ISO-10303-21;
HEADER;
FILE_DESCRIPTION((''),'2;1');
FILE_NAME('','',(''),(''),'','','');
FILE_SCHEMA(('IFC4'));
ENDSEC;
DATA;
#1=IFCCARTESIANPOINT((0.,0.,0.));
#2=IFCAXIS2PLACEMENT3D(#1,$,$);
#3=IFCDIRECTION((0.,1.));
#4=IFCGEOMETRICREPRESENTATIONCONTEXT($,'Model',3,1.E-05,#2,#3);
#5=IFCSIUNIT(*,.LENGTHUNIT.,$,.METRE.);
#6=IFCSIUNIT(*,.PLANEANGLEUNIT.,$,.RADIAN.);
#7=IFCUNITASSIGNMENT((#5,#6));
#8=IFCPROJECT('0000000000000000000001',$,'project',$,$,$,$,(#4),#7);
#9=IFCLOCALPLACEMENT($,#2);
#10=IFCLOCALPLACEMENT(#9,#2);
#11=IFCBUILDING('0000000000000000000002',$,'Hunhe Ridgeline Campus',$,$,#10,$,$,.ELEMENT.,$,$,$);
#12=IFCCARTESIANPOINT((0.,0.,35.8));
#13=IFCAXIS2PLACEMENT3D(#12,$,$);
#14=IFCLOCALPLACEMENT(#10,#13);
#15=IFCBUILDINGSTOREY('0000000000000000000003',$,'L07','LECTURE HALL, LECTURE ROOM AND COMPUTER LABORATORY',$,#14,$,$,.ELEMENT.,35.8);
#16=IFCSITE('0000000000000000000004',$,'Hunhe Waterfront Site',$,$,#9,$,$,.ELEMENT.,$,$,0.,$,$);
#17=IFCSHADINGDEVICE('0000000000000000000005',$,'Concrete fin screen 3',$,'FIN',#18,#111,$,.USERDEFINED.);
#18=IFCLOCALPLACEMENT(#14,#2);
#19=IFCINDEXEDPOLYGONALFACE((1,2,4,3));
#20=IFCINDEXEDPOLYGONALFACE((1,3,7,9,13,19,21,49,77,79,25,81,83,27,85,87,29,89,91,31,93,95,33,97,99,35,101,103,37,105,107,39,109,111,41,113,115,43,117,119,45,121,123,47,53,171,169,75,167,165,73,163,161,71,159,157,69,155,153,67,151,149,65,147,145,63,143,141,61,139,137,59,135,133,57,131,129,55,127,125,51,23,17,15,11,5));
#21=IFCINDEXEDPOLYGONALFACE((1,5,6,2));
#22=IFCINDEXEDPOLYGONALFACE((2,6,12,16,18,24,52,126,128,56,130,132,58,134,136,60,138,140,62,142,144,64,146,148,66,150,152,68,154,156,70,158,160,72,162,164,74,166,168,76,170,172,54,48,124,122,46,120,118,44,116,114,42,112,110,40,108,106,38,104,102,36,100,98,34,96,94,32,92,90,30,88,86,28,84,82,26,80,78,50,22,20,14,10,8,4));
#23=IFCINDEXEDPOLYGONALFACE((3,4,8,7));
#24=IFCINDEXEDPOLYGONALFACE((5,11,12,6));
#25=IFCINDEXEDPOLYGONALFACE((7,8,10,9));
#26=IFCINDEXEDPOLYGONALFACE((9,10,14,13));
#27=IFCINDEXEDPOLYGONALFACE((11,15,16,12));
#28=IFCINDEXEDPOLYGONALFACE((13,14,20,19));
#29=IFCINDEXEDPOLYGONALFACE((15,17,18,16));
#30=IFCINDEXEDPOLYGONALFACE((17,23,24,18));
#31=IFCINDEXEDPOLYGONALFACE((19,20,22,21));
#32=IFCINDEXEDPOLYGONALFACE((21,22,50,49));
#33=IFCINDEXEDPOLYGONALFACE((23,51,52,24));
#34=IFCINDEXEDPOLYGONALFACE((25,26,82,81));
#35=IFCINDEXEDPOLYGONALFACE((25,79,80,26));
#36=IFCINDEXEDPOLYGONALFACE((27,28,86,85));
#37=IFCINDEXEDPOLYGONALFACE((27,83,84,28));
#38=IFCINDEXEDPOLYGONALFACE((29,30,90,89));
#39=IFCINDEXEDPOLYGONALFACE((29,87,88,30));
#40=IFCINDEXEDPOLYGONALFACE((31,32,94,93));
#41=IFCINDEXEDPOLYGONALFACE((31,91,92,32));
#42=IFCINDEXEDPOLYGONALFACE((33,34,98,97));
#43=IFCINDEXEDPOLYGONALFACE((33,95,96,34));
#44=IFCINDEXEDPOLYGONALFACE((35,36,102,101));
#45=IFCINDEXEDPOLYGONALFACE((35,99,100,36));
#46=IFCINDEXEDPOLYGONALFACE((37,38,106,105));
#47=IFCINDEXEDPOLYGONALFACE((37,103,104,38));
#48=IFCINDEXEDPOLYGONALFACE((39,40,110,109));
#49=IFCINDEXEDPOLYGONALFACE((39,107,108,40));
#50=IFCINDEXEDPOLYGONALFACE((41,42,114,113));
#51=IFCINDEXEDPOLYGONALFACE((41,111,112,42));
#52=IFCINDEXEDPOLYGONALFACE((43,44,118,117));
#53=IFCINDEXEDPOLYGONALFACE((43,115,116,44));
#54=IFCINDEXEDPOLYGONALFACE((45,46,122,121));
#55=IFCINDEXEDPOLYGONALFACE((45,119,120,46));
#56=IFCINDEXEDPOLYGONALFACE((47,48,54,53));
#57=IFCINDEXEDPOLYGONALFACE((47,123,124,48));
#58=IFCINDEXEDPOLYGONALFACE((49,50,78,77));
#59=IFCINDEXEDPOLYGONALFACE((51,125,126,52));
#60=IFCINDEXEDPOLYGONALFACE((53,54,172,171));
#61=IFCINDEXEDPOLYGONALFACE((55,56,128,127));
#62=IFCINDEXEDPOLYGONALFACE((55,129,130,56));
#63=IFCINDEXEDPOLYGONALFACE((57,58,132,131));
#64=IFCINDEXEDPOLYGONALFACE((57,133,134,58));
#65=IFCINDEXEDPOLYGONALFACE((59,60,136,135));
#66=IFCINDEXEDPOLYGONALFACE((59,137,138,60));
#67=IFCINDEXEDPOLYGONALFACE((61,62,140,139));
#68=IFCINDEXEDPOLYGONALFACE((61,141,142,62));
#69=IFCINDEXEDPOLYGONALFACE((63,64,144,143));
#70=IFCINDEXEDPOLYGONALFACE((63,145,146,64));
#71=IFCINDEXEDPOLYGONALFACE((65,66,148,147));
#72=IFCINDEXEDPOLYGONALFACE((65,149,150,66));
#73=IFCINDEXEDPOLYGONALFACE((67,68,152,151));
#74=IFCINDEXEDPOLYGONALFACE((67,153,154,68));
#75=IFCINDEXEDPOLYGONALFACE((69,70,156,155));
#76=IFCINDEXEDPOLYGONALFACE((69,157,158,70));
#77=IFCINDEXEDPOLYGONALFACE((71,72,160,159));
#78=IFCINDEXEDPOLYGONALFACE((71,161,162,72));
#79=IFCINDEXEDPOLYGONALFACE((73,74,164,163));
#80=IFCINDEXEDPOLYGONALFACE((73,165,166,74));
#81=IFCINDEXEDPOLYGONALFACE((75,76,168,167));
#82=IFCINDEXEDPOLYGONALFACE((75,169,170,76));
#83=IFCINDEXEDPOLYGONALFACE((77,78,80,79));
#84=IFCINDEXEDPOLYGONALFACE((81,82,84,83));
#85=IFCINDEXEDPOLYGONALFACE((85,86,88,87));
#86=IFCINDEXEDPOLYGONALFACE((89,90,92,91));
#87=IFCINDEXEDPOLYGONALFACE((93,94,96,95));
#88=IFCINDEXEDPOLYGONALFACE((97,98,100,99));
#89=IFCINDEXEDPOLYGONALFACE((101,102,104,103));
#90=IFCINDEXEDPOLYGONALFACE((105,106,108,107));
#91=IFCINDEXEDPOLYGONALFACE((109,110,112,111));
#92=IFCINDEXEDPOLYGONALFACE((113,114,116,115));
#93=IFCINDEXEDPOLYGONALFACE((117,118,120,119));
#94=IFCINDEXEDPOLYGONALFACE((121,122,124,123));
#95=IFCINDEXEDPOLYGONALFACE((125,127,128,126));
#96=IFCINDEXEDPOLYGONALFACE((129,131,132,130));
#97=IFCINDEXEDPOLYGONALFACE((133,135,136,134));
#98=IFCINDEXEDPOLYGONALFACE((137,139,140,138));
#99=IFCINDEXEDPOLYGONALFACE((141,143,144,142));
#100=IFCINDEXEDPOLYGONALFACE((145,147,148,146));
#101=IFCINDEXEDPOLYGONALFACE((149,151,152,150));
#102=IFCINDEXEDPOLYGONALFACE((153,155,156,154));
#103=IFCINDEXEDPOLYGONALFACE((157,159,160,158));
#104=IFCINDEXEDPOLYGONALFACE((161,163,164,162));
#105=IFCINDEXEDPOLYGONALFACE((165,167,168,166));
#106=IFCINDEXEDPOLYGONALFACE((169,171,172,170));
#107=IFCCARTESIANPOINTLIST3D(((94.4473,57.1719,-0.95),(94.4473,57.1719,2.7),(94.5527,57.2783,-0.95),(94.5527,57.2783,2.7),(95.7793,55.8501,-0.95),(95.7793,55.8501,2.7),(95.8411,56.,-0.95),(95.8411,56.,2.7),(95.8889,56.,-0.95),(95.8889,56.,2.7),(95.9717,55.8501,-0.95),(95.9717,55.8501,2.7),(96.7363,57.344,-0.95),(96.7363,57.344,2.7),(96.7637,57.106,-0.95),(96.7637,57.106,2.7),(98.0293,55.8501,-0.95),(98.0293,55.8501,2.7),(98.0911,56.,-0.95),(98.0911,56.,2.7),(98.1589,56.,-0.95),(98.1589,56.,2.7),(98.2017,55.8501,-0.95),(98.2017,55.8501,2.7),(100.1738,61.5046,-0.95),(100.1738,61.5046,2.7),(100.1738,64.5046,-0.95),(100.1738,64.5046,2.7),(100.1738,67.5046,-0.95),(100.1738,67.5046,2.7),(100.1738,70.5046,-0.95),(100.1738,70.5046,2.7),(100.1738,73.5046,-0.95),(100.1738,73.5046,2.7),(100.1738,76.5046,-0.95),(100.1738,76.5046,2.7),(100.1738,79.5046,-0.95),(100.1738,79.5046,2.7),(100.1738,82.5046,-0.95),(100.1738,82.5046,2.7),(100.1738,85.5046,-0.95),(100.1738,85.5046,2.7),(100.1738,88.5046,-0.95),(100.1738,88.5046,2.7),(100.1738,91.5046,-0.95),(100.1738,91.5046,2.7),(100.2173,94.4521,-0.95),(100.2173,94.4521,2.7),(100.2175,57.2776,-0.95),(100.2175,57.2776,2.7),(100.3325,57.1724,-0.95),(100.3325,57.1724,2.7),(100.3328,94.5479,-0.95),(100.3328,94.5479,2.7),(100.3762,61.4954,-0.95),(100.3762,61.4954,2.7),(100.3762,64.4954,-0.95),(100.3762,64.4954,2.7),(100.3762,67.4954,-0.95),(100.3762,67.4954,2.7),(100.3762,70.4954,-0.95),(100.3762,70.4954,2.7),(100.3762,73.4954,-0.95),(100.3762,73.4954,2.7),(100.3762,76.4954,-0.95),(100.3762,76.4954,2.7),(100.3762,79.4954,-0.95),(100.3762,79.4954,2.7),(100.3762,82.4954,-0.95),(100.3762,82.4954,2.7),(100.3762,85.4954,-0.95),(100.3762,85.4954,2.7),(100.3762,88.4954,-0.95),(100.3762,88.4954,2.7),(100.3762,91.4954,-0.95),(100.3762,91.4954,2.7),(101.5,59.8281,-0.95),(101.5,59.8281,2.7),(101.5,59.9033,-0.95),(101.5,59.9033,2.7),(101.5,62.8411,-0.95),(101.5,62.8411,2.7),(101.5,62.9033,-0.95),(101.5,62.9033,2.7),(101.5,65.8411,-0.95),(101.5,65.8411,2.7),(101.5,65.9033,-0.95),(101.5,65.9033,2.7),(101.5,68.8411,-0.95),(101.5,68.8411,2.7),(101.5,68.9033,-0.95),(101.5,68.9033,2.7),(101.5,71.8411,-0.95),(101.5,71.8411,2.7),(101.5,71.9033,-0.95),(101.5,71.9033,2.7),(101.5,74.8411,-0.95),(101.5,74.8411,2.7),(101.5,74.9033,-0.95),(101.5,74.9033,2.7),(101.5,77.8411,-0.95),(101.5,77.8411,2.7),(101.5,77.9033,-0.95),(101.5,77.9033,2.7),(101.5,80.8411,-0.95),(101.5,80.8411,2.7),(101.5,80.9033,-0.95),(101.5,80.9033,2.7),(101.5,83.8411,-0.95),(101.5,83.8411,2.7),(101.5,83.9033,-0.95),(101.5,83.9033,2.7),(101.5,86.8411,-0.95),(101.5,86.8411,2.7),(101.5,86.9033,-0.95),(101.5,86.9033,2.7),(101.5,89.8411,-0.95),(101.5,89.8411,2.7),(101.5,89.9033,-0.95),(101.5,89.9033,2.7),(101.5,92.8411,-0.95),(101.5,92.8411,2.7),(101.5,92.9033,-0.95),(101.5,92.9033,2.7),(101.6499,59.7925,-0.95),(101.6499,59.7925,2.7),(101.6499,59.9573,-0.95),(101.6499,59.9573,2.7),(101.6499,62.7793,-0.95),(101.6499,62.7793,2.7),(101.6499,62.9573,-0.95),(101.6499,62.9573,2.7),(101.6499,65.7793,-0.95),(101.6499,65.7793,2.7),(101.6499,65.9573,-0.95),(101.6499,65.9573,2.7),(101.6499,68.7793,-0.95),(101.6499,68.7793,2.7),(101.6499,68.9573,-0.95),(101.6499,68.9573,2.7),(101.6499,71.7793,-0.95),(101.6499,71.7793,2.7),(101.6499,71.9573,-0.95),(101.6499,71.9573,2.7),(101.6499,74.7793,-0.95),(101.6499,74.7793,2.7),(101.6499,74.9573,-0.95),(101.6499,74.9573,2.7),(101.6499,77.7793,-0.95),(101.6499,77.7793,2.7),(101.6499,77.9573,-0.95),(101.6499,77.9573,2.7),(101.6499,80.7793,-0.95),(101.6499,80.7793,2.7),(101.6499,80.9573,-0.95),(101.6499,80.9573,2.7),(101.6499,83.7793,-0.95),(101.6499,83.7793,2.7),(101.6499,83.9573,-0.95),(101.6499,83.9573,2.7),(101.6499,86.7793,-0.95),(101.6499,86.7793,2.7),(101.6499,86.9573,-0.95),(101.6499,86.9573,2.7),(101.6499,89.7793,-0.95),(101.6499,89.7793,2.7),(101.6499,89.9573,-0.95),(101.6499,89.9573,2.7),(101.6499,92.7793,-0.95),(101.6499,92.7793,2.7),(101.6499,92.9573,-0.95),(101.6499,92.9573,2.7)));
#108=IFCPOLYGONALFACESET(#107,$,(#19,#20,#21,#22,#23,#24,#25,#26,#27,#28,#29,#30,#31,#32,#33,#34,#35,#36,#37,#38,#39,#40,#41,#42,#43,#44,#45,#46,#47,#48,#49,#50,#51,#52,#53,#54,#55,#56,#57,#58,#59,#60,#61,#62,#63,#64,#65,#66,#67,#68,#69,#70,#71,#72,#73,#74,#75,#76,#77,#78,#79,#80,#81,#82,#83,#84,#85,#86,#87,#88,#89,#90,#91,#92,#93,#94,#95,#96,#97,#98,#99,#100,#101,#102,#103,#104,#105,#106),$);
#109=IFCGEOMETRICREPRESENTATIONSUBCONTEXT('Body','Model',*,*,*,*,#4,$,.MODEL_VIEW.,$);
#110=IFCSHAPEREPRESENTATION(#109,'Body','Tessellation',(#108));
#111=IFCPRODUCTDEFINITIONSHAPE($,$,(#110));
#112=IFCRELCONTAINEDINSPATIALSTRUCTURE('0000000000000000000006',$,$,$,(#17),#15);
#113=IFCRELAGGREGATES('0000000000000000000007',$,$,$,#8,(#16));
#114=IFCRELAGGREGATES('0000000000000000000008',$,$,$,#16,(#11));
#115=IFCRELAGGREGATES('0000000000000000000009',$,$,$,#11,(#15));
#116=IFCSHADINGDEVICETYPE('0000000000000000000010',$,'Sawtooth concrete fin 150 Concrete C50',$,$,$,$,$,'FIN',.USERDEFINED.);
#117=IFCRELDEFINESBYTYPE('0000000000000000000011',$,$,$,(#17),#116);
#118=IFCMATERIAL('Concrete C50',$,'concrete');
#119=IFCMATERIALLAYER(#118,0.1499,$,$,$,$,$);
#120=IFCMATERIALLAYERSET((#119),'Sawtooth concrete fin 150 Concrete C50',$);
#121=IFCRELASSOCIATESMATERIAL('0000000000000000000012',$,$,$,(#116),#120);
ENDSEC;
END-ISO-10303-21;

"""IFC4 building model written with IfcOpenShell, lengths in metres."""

from ifc_helpers import new_model, si_unit, direction, frame, origin, place, context, subcontext, project, spatial, polyline, outline, extrude, material, layer, layer_set, type_object, element, save


model = new_model("IFC4")

# Units and contexts
model_context = context("Model", 3, precision=1e-05, world=origin(), true_north=direction((0.0, 1.0)))
body_context = subcontext(model_context, "Body", "Model", "MODEL_VIEW")
ifc_project = project(units=[si_unit("LENGTHUNIT", "METRE"), si_unit("PLANEANGLEUNIT", "RADIAN")], contexts=[model_context])

# Site, building, storey
site_placement = place(None, origin())
site = spatial("IfcSite", under=ifc_project, at=site_placement, Name="Hunhe Waterfront Site", CompositionType="ELEMENT", RefElevation=0.0)
building_placement = place(site_placement, origin())
building = spatial("IfcBuilding", under=site, at=building_placement, Name="Hunhe Ridgeline Campus", CompositionType="ELEMENT")
storey_placement = place(building_placement, frame((0.0, 0.0, 35.8)))
storey = spatial("IfcBuildingStorey", under=building, at=storey_placement, Name="L07", Description="LECTURE HALL, LECTURE ROOM AND COMPUTER LABORATORY", CompositionType="ELEMENT", Elevation=35.8)

# Shading device
ifc_material_1 = material(Name="Concrete C50", Category="concrete")
ifc_layer_1 = layer(ifc_material_1, 0.1499)
ifc_layer_set_1 = layer_set([ifc_layer_1], Name="Sawtooth concrete fin 150 Concrete C50")
shading_device_type = type_object("IfcShadingDeviceType", Name="Sawtooth concrete fin 150 Concrete C50", ElementType="FIN", PredefinedType="USERDEFINED", material=ifc_layer_set_1)
shading_device_1_placement = place(storey_placement, frame((0.0, 0.0, -0.95)))
element("IfcShadingDevice", 1, at=shading_device_1_placement, inside=storey, type_object=shading_device_type, Name="Concrete fin screen 3", ObjectType="FIN", PredefinedType="USERDEFINED", context=body_context, shape_type="SweptSolid", body=[
    extrude(outline(polyline([(94.5527, 57.2783), (94.4473, 57.1719), (95.7793, 55.8501), (95.9717, 55.8501), (96.7637, 57.106), (98.0293, 55.8501), (98.2017, 55.8501), (100.3325, 57.1724), (101.6499, 59.7925), (101.6499, 59.9573), (100.3762, 61.4954), (101.6499, 62.7793), (101.6499, 62.9573), (100.3762, 64.4954), (101.6499, 65.7793), (101.6499, 65.9573), (100.3762, 67.4954), (101.6499, 68.7793), (101.6499, 68.9573), (100.3762, 70.4954), (101.6499, 71.7793), (101.6499, 71.9573), (100.3762, 73.4954), (101.6499, 74.7793), (101.6499, 74.9573), (100.3762, 76.4954), (101.6499, 77.7793), (101.6499, 77.9573), (100.3762, 79.4954), (101.6499, 80.7793), (101.6499, 80.9573), (100.3762, 82.4954), (101.6499, 83.7793), (101.6499, 83.9573), (100.3762, 85.4954), (101.6499, 86.7793), (101.6499, 86.9573), (100.3762, 88.4954), (101.6499, 89.7793), (101.6499, 89.9573), (100.3762, 91.4954), (101.6499, 92.7793), (101.6499, 92.9573), (100.3328, 94.5479), (100.2173, 94.4521), (101.5, 92.9033), (101.5, 92.8411), (100.1738, 91.5046), (101.5, 89.9033), (101.5, 89.8411), (100.1738, 88.5046), (101.5, 86.9033), (101.5, 86.8411), (100.1738, 85.5046), (101.5, 83.9033), (101.5, 83.8411), (100.1738, 82.5046), (101.5, 80.9033), (101.5, 80.8411), (100.1738, 79.5046), (101.5, 77.9033), (101.5, 77.8411), (100.1738, 76.5046), (101.5, 74.9033), (101.5, 74.8411), (100.1738, 73.5046), (101.5, 71.9033), (101.5, 71.8411), (100.1738, 70.5046), (101.5, 68.9033), (101.5, 68.8411), (100.1738, 67.5046), (101.5, 65.9033), (101.5, 65.8411), (100.1738, 64.5046), (101.5, 62.9033), (101.5, 62.8411), (100.1738, 61.5046), (101.5, 59.9033), (101.5, 59.8281), (100.2175, 57.2776), (98.1589, 56.0), (98.0911, 56.0), (96.7363, 57.344), (95.8889, 56.0), (95.8411, 56.0), (94.5527, 57.2783)])), origin(), (0.0, 0.0, 1.0), 3.6499),
])

save(model, "model.ifc")
